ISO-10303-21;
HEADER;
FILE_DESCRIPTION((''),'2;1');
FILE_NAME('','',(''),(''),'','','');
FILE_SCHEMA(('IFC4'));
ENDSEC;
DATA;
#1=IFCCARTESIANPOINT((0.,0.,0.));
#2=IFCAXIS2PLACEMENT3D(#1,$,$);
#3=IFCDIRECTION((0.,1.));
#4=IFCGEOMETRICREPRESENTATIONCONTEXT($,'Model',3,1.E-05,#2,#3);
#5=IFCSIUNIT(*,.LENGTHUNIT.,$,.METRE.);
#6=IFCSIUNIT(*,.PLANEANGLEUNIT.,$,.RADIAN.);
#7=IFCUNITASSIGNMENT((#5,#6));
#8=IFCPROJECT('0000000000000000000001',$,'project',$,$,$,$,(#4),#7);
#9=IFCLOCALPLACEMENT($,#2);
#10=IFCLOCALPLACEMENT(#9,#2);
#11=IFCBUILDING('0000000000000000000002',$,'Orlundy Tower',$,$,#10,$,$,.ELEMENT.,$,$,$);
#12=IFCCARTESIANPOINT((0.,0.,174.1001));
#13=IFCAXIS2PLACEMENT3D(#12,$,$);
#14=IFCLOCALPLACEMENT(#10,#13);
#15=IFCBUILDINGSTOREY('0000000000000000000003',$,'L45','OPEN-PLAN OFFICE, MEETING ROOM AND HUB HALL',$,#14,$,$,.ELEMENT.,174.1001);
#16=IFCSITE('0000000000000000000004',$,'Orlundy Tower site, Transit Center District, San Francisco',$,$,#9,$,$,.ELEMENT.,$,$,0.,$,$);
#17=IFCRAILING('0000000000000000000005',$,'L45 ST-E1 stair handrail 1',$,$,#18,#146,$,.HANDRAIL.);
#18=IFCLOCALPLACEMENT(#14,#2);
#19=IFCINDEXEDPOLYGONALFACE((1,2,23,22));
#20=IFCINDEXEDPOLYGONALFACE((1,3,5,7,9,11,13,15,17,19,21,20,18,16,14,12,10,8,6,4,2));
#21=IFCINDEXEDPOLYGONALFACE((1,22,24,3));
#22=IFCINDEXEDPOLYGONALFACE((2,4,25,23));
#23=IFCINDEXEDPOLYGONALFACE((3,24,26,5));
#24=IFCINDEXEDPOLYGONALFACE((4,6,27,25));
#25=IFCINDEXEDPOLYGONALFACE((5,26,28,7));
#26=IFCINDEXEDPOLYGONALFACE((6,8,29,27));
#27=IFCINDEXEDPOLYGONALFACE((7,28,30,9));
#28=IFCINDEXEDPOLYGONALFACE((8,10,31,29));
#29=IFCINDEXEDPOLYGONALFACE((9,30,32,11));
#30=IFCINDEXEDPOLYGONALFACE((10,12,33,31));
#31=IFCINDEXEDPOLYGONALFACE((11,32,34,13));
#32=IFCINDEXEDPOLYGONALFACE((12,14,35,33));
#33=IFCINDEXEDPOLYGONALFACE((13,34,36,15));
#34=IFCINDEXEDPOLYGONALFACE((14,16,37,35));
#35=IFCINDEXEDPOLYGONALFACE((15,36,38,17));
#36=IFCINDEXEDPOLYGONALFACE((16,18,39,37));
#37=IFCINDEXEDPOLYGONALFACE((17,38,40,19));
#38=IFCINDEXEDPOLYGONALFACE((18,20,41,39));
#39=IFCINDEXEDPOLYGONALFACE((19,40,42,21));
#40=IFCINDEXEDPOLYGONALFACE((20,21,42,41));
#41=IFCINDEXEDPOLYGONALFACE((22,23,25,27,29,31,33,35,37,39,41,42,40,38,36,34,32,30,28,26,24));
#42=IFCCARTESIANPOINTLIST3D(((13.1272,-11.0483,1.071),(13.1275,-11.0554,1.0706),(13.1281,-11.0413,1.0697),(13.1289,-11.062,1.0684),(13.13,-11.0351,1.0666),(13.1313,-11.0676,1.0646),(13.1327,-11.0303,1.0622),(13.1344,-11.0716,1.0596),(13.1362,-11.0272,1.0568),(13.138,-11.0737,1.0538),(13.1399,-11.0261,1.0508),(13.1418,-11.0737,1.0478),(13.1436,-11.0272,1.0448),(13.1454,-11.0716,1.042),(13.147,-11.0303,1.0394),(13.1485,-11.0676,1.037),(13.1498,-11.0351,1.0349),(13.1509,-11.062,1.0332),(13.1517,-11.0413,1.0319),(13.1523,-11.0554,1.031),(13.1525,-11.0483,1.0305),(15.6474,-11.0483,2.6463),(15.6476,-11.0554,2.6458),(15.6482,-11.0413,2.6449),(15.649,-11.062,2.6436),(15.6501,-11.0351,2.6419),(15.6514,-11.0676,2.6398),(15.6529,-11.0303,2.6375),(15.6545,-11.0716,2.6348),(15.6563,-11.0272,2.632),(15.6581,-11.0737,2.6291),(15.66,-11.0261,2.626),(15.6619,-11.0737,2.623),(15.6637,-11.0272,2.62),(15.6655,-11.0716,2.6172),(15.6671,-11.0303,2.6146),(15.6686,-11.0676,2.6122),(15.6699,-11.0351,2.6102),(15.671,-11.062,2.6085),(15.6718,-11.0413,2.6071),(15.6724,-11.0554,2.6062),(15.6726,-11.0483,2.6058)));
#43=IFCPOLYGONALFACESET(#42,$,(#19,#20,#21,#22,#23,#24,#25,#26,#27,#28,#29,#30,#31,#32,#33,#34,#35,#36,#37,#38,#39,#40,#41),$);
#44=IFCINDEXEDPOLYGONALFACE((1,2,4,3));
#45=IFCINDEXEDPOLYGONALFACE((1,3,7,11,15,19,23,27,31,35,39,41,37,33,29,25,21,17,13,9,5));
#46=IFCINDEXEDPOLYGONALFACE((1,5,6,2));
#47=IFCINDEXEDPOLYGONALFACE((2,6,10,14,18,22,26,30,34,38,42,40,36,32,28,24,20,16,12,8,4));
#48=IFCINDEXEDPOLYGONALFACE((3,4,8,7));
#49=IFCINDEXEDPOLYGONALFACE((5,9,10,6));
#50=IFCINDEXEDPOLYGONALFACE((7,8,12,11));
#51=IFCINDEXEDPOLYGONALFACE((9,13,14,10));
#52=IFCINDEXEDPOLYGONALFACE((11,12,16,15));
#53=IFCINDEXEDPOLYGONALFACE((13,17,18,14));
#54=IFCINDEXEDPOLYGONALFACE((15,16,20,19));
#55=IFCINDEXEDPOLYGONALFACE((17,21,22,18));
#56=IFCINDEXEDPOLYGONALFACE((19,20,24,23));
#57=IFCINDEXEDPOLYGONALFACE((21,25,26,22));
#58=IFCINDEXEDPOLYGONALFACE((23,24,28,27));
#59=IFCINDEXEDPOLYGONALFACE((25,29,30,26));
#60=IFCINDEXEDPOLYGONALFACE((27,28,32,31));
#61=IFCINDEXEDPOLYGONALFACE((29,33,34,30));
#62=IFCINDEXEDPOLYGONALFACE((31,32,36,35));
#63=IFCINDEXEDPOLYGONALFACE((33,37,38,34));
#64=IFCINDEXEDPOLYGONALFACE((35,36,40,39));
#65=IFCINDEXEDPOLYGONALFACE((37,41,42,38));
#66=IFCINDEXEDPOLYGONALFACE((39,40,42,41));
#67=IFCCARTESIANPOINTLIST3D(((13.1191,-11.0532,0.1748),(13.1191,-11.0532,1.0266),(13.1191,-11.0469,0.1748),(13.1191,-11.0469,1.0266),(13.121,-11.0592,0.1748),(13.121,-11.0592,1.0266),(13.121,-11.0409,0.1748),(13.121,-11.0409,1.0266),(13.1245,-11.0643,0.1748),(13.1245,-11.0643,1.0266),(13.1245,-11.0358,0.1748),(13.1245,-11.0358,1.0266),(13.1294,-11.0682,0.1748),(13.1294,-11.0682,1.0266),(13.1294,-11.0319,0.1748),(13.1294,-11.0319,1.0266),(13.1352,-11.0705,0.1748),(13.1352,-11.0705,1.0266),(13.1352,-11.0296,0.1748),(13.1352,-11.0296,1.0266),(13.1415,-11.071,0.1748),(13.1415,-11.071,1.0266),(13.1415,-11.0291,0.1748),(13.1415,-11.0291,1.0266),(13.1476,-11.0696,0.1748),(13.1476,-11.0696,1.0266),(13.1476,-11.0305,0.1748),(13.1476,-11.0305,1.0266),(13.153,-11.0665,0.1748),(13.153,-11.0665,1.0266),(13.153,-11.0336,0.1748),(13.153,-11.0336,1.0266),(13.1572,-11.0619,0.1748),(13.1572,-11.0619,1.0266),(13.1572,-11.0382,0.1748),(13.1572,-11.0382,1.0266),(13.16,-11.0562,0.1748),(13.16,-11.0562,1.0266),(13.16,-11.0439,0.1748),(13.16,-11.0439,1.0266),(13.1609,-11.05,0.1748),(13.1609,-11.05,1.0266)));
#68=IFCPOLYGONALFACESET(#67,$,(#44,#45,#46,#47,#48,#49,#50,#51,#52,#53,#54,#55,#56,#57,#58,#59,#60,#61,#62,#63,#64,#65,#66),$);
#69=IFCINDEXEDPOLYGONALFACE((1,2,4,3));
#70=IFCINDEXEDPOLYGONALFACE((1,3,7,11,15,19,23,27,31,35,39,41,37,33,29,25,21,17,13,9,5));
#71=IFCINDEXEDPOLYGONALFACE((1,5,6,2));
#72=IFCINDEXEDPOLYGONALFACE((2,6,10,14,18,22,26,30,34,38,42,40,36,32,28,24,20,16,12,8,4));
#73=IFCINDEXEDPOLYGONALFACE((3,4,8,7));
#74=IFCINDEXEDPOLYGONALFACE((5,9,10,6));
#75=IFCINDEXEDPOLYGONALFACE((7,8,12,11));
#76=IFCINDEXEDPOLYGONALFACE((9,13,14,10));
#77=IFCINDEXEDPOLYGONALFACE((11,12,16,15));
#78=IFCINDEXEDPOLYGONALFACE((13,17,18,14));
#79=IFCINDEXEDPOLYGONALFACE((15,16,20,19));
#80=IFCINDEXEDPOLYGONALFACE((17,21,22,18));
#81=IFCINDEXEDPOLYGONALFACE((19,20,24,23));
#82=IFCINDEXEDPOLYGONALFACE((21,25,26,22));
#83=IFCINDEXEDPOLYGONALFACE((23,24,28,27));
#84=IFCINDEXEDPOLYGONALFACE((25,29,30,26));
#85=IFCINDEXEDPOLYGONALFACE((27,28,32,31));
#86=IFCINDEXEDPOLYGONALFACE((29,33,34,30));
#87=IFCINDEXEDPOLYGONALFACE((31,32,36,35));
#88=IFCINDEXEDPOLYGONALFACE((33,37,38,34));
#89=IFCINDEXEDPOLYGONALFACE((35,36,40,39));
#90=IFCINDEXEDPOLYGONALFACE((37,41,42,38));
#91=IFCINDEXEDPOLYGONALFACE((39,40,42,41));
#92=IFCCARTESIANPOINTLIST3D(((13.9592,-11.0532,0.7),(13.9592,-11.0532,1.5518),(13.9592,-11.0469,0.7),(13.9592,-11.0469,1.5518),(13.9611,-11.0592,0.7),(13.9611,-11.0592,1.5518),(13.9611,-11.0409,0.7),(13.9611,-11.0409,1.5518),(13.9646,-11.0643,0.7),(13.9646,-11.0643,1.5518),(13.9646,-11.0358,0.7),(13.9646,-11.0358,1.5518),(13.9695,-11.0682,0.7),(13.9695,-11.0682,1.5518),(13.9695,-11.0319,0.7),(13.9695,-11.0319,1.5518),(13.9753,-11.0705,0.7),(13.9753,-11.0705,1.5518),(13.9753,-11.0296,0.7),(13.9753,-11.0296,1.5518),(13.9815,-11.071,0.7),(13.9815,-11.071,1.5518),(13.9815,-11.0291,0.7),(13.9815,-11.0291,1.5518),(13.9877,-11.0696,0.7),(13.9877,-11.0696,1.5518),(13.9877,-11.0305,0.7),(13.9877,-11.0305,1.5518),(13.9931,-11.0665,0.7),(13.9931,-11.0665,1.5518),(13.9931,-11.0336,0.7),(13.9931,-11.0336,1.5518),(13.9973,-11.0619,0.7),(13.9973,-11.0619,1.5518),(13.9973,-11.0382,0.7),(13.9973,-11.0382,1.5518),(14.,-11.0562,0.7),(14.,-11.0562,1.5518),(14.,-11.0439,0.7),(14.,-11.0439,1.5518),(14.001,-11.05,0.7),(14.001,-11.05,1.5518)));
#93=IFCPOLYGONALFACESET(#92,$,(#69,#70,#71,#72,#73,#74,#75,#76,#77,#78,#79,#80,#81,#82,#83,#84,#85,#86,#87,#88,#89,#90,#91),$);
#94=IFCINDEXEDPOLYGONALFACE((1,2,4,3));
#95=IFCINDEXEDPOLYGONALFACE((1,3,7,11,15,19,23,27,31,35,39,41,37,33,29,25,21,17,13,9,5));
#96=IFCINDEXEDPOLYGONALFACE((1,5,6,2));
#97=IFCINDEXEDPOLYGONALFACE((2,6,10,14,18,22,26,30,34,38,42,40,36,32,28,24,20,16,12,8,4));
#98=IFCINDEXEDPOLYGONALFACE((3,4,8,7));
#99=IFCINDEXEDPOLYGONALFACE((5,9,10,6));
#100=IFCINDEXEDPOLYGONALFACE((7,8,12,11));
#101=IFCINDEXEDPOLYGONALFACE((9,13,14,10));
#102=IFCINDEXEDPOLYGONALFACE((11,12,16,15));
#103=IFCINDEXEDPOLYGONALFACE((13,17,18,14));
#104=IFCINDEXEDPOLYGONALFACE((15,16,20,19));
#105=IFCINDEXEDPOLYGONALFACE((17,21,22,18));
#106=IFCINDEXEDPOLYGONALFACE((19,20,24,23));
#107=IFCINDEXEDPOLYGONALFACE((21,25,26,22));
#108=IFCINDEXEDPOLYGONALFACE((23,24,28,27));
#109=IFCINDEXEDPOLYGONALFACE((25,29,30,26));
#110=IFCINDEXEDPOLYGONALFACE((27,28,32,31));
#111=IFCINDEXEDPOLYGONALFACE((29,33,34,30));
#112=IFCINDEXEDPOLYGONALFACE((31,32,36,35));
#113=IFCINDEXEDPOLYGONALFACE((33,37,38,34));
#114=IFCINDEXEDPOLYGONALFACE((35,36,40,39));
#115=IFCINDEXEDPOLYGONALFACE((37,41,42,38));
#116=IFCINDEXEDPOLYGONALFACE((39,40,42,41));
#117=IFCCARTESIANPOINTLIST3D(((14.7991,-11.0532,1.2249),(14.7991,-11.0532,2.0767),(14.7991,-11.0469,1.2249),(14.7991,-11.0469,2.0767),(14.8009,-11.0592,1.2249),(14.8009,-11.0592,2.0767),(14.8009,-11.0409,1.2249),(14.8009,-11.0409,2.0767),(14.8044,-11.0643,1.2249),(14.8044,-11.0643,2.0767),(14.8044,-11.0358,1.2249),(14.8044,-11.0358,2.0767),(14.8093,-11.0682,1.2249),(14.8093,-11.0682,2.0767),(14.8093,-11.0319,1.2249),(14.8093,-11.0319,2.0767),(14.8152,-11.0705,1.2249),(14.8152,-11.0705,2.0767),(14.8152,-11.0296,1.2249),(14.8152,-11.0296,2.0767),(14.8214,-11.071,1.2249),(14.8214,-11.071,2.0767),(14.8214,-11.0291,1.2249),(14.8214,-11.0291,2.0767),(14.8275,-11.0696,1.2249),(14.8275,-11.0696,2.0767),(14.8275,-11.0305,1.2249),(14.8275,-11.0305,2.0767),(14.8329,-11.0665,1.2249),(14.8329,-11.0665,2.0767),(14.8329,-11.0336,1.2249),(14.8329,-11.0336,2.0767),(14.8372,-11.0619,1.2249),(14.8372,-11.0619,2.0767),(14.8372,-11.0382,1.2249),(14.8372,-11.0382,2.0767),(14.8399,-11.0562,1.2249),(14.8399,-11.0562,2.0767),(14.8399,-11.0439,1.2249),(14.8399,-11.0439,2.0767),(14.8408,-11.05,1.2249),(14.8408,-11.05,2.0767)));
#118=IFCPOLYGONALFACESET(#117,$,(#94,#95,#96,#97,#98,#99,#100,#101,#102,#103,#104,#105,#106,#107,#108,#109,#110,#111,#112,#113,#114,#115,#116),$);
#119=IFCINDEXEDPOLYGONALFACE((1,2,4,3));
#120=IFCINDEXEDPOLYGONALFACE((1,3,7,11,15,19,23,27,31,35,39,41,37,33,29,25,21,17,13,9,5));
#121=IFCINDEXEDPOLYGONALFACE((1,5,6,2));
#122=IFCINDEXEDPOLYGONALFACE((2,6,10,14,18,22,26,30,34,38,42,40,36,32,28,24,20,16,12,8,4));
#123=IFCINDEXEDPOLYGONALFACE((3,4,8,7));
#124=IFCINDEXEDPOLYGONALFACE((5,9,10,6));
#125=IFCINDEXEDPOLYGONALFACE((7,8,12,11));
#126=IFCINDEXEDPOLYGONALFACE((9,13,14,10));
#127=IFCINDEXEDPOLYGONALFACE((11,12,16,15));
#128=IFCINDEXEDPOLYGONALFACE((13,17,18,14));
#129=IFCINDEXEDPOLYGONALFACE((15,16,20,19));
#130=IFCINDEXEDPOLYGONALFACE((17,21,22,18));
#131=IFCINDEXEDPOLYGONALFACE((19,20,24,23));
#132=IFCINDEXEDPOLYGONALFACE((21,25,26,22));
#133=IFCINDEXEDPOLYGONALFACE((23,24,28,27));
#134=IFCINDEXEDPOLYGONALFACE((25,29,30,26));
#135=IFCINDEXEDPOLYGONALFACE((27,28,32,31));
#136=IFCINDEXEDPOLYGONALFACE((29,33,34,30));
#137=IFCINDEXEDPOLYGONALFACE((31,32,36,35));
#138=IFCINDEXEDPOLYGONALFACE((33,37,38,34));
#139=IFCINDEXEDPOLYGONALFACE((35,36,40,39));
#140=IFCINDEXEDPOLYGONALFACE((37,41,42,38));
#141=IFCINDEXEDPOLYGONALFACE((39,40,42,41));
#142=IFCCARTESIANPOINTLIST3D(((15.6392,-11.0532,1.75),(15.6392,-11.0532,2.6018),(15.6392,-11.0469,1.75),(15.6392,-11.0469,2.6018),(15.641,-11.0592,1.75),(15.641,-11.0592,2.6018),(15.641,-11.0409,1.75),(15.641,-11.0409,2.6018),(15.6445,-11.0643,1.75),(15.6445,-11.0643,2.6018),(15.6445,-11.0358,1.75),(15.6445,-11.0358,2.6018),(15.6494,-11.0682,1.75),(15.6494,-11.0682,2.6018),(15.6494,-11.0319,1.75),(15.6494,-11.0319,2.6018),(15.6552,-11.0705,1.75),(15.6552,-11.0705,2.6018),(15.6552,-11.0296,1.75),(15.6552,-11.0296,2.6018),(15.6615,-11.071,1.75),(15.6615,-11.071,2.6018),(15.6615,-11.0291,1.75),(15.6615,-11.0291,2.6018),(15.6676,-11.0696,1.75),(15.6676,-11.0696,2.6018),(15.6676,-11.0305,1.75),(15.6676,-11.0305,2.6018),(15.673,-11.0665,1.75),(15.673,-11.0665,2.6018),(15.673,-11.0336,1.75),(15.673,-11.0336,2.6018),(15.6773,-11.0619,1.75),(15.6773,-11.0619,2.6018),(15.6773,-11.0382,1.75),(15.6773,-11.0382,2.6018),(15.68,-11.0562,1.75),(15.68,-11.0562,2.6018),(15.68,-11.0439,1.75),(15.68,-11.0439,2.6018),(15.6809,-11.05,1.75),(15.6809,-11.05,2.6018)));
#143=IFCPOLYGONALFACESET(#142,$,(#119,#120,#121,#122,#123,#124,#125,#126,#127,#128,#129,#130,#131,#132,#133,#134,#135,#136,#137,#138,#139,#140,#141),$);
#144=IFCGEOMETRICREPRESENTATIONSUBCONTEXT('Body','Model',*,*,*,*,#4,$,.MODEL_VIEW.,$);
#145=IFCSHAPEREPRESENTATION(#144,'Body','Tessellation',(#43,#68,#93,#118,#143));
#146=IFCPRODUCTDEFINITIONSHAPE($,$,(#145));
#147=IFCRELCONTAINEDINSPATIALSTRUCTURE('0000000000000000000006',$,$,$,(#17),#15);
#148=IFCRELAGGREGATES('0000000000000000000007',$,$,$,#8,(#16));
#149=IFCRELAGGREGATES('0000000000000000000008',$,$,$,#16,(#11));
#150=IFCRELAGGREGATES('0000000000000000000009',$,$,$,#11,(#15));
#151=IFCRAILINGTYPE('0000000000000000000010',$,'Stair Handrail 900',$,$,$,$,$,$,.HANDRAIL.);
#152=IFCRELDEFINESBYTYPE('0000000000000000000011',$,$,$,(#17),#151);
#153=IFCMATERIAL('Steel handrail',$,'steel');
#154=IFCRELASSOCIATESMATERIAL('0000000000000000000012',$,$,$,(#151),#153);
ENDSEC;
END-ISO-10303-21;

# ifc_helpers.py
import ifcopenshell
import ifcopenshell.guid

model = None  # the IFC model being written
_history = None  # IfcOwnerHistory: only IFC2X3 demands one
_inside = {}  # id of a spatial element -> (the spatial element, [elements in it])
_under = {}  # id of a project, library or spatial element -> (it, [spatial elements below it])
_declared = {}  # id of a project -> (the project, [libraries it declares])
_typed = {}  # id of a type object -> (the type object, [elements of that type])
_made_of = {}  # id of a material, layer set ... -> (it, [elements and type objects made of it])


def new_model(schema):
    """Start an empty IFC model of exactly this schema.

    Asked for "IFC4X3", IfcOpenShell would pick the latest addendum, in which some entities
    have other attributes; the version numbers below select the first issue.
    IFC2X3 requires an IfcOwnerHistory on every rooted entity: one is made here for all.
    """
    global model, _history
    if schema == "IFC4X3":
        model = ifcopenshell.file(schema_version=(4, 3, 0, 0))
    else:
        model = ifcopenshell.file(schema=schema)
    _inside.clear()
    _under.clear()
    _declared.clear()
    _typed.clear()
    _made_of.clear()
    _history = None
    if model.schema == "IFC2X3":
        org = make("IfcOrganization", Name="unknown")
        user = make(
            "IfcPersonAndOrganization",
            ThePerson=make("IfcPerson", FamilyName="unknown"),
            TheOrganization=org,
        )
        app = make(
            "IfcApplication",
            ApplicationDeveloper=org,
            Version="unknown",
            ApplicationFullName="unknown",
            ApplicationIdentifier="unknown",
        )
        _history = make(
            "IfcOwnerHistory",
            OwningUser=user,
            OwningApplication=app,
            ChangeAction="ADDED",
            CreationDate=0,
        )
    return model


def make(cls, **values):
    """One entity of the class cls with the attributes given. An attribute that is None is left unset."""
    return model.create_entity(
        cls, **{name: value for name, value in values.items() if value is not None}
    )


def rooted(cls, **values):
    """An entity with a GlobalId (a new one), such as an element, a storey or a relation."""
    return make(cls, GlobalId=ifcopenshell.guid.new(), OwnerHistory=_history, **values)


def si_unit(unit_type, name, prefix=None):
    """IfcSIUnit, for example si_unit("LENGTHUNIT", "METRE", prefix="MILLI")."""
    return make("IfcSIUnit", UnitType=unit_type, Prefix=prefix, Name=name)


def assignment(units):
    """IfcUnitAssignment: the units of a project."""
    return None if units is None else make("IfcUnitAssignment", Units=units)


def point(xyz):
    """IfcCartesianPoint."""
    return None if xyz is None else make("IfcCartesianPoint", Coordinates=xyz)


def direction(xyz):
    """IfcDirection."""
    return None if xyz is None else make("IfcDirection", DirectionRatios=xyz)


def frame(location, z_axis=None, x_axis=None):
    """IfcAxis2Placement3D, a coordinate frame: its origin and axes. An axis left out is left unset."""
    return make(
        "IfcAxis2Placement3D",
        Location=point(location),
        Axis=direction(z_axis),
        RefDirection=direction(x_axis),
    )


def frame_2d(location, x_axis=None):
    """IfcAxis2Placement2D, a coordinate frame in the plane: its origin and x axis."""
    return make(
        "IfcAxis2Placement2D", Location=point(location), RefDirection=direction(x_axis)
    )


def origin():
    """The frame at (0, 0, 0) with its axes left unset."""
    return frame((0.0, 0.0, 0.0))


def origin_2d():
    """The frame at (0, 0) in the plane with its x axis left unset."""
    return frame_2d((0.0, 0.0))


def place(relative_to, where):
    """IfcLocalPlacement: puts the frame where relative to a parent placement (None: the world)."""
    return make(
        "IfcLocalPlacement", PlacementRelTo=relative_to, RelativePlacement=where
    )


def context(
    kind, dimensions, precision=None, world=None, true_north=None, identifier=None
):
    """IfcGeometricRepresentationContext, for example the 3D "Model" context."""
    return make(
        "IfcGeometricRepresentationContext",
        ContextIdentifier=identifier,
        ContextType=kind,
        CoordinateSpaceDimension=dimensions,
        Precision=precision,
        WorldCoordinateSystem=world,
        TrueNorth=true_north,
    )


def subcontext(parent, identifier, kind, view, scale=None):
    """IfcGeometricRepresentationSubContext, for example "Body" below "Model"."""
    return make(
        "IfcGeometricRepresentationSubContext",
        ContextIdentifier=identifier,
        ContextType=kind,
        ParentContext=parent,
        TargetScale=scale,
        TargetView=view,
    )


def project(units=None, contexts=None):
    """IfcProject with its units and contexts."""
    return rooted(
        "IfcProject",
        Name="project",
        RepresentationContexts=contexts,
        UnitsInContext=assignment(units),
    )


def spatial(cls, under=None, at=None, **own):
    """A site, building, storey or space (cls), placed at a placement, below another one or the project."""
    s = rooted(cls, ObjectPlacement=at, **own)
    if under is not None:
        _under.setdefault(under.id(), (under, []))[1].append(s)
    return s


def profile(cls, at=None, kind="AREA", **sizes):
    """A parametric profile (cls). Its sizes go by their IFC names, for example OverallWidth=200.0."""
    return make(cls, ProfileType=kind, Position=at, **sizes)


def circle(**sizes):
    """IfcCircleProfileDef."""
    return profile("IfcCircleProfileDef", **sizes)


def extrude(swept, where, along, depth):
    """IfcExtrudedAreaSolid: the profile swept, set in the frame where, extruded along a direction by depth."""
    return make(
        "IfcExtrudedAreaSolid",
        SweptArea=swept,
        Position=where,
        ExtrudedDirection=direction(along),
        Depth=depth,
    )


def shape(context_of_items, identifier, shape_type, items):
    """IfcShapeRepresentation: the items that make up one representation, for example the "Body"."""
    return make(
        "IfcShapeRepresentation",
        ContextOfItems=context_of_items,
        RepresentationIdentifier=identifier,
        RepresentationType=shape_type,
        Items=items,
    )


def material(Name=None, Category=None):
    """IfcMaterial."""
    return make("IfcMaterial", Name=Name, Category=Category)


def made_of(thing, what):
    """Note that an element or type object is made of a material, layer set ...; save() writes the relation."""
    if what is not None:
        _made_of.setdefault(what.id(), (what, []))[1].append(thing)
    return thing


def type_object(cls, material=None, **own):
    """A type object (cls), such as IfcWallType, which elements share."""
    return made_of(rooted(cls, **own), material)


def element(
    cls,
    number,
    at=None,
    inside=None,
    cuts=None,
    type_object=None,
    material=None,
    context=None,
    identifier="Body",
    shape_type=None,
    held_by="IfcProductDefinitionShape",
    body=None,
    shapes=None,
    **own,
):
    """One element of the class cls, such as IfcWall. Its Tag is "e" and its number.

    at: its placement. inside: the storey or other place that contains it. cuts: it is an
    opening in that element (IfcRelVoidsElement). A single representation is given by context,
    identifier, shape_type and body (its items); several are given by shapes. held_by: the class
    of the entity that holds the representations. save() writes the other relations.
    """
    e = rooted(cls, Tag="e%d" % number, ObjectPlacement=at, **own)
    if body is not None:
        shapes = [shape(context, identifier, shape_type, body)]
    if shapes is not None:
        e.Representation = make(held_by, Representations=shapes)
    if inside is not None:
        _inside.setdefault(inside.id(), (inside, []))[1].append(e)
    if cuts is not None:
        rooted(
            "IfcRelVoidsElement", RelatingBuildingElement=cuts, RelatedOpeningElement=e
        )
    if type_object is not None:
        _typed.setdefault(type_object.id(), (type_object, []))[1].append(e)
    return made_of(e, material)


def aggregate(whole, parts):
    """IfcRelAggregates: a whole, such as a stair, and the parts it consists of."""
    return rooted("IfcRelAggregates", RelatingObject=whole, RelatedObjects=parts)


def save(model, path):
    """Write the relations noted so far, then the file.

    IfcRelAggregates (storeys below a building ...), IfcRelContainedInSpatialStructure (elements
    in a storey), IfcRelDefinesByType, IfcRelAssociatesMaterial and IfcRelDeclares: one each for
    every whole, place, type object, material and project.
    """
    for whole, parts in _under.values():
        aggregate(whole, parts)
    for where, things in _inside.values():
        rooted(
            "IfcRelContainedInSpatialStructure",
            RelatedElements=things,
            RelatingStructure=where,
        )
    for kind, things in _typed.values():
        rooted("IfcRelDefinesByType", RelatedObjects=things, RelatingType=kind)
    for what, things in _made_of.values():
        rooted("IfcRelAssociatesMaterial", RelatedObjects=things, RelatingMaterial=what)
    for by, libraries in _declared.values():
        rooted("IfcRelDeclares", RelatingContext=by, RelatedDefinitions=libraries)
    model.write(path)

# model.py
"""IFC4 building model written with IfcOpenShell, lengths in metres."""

from ifc_helpers import new_model, si_unit, direction, frame, origin, origin_2d, place, context, subcontext, project, spatial, circle, extrude, material, type_object, element, save


model = new_model("IFC4")

# Units and contexts
model_context = context("Model", 3, precision=1e-05, world=origin(), true_north=direction((0.0, 1.0)))
body_context = subcontext(model_context, "Body", "Model", "MODEL_VIEW")
ifc_project = project(units=[si_unit("LENGTHUNIT", "METRE"), si_unit("PLANEANGLEUNIT", "RADIAN")], contexts=[model_context])

# Site, building, storey
site_placement = place(None, origin())
site = spatial("IfcSite", under=ifc_project, at=site_placement, Name="Orlundy Tower site, Transit Center District, San Francisco", CompositionType="ELEMENT", RefElevation=0.0)
building_placement = place(site_placement, origin())
building = spatial("IfcBuilding", under=site, at=building_placement, Name="Orlundy Tower", CompositionType="ELEMENT")
storey_placement = place(building_placement, frame((0.0, 0.0, 174.1001)))
storey = spatial("IfcBuildingStorey", under=building, at=storey_placement, Name="L45", Description="OPEN-PLAN OFFICE, MEETING ROOM AND HUB HALL", CompositionType="ELEMENT", Elevation=174.1001)

# Railing
ifc_material_1 = material(Name="Steel handrail", Category="steel")
railing_type_1 = type_object("IfcRailingType", Name="Stair Handrail 900", PredefinedType="HANDRAIL", material=ifc_material_1)
railing_1_placement = place(storey_placement, frame((13.1399, -11.05, 0.1748)))
element("IfcRailing", 1, at=railing_1_placement, inside=storey, type_object=railing_type_1, Name="L45 ST-E1 stair handrail 1", PredefinedType="HANDRAIL", context=body_context, shape_type="SweptSolid", body=[
    extrude(circle(Radius=0.0239, at=origin_2d()), frame((0.0, 0.0, 0.876), z_axis=(0.847971, 0.0, 0.530043), x_axis=(0.0, 1.0, 0.0)), (0.0, 0.0, 1.0), 2.9719),
    extrude(circle(Radius=0.021, at=origin_2d()), origin(), (0.0, 0.0, 1.0), 0.8518),
    extrude(circle(Radius=0.021, at=origin_2d()), frame((0.8401, 0.0, 0.5251)), (0.0, 0.0, 1.0), 0.8518),
    extrude(circle(Radius=0.021, at=origin_2d()), frame((1.6799, 0.0, 1.05)), (0.0, 0.0, 1.0), 0.8518),
    extrude(circle(Radius=0.021, at=origin_2d()), frame((2.52, 0.0, 1.5752)), (0.0, 0.0, 1.0), 0.8518),
])

save(model, "model.ifc")
